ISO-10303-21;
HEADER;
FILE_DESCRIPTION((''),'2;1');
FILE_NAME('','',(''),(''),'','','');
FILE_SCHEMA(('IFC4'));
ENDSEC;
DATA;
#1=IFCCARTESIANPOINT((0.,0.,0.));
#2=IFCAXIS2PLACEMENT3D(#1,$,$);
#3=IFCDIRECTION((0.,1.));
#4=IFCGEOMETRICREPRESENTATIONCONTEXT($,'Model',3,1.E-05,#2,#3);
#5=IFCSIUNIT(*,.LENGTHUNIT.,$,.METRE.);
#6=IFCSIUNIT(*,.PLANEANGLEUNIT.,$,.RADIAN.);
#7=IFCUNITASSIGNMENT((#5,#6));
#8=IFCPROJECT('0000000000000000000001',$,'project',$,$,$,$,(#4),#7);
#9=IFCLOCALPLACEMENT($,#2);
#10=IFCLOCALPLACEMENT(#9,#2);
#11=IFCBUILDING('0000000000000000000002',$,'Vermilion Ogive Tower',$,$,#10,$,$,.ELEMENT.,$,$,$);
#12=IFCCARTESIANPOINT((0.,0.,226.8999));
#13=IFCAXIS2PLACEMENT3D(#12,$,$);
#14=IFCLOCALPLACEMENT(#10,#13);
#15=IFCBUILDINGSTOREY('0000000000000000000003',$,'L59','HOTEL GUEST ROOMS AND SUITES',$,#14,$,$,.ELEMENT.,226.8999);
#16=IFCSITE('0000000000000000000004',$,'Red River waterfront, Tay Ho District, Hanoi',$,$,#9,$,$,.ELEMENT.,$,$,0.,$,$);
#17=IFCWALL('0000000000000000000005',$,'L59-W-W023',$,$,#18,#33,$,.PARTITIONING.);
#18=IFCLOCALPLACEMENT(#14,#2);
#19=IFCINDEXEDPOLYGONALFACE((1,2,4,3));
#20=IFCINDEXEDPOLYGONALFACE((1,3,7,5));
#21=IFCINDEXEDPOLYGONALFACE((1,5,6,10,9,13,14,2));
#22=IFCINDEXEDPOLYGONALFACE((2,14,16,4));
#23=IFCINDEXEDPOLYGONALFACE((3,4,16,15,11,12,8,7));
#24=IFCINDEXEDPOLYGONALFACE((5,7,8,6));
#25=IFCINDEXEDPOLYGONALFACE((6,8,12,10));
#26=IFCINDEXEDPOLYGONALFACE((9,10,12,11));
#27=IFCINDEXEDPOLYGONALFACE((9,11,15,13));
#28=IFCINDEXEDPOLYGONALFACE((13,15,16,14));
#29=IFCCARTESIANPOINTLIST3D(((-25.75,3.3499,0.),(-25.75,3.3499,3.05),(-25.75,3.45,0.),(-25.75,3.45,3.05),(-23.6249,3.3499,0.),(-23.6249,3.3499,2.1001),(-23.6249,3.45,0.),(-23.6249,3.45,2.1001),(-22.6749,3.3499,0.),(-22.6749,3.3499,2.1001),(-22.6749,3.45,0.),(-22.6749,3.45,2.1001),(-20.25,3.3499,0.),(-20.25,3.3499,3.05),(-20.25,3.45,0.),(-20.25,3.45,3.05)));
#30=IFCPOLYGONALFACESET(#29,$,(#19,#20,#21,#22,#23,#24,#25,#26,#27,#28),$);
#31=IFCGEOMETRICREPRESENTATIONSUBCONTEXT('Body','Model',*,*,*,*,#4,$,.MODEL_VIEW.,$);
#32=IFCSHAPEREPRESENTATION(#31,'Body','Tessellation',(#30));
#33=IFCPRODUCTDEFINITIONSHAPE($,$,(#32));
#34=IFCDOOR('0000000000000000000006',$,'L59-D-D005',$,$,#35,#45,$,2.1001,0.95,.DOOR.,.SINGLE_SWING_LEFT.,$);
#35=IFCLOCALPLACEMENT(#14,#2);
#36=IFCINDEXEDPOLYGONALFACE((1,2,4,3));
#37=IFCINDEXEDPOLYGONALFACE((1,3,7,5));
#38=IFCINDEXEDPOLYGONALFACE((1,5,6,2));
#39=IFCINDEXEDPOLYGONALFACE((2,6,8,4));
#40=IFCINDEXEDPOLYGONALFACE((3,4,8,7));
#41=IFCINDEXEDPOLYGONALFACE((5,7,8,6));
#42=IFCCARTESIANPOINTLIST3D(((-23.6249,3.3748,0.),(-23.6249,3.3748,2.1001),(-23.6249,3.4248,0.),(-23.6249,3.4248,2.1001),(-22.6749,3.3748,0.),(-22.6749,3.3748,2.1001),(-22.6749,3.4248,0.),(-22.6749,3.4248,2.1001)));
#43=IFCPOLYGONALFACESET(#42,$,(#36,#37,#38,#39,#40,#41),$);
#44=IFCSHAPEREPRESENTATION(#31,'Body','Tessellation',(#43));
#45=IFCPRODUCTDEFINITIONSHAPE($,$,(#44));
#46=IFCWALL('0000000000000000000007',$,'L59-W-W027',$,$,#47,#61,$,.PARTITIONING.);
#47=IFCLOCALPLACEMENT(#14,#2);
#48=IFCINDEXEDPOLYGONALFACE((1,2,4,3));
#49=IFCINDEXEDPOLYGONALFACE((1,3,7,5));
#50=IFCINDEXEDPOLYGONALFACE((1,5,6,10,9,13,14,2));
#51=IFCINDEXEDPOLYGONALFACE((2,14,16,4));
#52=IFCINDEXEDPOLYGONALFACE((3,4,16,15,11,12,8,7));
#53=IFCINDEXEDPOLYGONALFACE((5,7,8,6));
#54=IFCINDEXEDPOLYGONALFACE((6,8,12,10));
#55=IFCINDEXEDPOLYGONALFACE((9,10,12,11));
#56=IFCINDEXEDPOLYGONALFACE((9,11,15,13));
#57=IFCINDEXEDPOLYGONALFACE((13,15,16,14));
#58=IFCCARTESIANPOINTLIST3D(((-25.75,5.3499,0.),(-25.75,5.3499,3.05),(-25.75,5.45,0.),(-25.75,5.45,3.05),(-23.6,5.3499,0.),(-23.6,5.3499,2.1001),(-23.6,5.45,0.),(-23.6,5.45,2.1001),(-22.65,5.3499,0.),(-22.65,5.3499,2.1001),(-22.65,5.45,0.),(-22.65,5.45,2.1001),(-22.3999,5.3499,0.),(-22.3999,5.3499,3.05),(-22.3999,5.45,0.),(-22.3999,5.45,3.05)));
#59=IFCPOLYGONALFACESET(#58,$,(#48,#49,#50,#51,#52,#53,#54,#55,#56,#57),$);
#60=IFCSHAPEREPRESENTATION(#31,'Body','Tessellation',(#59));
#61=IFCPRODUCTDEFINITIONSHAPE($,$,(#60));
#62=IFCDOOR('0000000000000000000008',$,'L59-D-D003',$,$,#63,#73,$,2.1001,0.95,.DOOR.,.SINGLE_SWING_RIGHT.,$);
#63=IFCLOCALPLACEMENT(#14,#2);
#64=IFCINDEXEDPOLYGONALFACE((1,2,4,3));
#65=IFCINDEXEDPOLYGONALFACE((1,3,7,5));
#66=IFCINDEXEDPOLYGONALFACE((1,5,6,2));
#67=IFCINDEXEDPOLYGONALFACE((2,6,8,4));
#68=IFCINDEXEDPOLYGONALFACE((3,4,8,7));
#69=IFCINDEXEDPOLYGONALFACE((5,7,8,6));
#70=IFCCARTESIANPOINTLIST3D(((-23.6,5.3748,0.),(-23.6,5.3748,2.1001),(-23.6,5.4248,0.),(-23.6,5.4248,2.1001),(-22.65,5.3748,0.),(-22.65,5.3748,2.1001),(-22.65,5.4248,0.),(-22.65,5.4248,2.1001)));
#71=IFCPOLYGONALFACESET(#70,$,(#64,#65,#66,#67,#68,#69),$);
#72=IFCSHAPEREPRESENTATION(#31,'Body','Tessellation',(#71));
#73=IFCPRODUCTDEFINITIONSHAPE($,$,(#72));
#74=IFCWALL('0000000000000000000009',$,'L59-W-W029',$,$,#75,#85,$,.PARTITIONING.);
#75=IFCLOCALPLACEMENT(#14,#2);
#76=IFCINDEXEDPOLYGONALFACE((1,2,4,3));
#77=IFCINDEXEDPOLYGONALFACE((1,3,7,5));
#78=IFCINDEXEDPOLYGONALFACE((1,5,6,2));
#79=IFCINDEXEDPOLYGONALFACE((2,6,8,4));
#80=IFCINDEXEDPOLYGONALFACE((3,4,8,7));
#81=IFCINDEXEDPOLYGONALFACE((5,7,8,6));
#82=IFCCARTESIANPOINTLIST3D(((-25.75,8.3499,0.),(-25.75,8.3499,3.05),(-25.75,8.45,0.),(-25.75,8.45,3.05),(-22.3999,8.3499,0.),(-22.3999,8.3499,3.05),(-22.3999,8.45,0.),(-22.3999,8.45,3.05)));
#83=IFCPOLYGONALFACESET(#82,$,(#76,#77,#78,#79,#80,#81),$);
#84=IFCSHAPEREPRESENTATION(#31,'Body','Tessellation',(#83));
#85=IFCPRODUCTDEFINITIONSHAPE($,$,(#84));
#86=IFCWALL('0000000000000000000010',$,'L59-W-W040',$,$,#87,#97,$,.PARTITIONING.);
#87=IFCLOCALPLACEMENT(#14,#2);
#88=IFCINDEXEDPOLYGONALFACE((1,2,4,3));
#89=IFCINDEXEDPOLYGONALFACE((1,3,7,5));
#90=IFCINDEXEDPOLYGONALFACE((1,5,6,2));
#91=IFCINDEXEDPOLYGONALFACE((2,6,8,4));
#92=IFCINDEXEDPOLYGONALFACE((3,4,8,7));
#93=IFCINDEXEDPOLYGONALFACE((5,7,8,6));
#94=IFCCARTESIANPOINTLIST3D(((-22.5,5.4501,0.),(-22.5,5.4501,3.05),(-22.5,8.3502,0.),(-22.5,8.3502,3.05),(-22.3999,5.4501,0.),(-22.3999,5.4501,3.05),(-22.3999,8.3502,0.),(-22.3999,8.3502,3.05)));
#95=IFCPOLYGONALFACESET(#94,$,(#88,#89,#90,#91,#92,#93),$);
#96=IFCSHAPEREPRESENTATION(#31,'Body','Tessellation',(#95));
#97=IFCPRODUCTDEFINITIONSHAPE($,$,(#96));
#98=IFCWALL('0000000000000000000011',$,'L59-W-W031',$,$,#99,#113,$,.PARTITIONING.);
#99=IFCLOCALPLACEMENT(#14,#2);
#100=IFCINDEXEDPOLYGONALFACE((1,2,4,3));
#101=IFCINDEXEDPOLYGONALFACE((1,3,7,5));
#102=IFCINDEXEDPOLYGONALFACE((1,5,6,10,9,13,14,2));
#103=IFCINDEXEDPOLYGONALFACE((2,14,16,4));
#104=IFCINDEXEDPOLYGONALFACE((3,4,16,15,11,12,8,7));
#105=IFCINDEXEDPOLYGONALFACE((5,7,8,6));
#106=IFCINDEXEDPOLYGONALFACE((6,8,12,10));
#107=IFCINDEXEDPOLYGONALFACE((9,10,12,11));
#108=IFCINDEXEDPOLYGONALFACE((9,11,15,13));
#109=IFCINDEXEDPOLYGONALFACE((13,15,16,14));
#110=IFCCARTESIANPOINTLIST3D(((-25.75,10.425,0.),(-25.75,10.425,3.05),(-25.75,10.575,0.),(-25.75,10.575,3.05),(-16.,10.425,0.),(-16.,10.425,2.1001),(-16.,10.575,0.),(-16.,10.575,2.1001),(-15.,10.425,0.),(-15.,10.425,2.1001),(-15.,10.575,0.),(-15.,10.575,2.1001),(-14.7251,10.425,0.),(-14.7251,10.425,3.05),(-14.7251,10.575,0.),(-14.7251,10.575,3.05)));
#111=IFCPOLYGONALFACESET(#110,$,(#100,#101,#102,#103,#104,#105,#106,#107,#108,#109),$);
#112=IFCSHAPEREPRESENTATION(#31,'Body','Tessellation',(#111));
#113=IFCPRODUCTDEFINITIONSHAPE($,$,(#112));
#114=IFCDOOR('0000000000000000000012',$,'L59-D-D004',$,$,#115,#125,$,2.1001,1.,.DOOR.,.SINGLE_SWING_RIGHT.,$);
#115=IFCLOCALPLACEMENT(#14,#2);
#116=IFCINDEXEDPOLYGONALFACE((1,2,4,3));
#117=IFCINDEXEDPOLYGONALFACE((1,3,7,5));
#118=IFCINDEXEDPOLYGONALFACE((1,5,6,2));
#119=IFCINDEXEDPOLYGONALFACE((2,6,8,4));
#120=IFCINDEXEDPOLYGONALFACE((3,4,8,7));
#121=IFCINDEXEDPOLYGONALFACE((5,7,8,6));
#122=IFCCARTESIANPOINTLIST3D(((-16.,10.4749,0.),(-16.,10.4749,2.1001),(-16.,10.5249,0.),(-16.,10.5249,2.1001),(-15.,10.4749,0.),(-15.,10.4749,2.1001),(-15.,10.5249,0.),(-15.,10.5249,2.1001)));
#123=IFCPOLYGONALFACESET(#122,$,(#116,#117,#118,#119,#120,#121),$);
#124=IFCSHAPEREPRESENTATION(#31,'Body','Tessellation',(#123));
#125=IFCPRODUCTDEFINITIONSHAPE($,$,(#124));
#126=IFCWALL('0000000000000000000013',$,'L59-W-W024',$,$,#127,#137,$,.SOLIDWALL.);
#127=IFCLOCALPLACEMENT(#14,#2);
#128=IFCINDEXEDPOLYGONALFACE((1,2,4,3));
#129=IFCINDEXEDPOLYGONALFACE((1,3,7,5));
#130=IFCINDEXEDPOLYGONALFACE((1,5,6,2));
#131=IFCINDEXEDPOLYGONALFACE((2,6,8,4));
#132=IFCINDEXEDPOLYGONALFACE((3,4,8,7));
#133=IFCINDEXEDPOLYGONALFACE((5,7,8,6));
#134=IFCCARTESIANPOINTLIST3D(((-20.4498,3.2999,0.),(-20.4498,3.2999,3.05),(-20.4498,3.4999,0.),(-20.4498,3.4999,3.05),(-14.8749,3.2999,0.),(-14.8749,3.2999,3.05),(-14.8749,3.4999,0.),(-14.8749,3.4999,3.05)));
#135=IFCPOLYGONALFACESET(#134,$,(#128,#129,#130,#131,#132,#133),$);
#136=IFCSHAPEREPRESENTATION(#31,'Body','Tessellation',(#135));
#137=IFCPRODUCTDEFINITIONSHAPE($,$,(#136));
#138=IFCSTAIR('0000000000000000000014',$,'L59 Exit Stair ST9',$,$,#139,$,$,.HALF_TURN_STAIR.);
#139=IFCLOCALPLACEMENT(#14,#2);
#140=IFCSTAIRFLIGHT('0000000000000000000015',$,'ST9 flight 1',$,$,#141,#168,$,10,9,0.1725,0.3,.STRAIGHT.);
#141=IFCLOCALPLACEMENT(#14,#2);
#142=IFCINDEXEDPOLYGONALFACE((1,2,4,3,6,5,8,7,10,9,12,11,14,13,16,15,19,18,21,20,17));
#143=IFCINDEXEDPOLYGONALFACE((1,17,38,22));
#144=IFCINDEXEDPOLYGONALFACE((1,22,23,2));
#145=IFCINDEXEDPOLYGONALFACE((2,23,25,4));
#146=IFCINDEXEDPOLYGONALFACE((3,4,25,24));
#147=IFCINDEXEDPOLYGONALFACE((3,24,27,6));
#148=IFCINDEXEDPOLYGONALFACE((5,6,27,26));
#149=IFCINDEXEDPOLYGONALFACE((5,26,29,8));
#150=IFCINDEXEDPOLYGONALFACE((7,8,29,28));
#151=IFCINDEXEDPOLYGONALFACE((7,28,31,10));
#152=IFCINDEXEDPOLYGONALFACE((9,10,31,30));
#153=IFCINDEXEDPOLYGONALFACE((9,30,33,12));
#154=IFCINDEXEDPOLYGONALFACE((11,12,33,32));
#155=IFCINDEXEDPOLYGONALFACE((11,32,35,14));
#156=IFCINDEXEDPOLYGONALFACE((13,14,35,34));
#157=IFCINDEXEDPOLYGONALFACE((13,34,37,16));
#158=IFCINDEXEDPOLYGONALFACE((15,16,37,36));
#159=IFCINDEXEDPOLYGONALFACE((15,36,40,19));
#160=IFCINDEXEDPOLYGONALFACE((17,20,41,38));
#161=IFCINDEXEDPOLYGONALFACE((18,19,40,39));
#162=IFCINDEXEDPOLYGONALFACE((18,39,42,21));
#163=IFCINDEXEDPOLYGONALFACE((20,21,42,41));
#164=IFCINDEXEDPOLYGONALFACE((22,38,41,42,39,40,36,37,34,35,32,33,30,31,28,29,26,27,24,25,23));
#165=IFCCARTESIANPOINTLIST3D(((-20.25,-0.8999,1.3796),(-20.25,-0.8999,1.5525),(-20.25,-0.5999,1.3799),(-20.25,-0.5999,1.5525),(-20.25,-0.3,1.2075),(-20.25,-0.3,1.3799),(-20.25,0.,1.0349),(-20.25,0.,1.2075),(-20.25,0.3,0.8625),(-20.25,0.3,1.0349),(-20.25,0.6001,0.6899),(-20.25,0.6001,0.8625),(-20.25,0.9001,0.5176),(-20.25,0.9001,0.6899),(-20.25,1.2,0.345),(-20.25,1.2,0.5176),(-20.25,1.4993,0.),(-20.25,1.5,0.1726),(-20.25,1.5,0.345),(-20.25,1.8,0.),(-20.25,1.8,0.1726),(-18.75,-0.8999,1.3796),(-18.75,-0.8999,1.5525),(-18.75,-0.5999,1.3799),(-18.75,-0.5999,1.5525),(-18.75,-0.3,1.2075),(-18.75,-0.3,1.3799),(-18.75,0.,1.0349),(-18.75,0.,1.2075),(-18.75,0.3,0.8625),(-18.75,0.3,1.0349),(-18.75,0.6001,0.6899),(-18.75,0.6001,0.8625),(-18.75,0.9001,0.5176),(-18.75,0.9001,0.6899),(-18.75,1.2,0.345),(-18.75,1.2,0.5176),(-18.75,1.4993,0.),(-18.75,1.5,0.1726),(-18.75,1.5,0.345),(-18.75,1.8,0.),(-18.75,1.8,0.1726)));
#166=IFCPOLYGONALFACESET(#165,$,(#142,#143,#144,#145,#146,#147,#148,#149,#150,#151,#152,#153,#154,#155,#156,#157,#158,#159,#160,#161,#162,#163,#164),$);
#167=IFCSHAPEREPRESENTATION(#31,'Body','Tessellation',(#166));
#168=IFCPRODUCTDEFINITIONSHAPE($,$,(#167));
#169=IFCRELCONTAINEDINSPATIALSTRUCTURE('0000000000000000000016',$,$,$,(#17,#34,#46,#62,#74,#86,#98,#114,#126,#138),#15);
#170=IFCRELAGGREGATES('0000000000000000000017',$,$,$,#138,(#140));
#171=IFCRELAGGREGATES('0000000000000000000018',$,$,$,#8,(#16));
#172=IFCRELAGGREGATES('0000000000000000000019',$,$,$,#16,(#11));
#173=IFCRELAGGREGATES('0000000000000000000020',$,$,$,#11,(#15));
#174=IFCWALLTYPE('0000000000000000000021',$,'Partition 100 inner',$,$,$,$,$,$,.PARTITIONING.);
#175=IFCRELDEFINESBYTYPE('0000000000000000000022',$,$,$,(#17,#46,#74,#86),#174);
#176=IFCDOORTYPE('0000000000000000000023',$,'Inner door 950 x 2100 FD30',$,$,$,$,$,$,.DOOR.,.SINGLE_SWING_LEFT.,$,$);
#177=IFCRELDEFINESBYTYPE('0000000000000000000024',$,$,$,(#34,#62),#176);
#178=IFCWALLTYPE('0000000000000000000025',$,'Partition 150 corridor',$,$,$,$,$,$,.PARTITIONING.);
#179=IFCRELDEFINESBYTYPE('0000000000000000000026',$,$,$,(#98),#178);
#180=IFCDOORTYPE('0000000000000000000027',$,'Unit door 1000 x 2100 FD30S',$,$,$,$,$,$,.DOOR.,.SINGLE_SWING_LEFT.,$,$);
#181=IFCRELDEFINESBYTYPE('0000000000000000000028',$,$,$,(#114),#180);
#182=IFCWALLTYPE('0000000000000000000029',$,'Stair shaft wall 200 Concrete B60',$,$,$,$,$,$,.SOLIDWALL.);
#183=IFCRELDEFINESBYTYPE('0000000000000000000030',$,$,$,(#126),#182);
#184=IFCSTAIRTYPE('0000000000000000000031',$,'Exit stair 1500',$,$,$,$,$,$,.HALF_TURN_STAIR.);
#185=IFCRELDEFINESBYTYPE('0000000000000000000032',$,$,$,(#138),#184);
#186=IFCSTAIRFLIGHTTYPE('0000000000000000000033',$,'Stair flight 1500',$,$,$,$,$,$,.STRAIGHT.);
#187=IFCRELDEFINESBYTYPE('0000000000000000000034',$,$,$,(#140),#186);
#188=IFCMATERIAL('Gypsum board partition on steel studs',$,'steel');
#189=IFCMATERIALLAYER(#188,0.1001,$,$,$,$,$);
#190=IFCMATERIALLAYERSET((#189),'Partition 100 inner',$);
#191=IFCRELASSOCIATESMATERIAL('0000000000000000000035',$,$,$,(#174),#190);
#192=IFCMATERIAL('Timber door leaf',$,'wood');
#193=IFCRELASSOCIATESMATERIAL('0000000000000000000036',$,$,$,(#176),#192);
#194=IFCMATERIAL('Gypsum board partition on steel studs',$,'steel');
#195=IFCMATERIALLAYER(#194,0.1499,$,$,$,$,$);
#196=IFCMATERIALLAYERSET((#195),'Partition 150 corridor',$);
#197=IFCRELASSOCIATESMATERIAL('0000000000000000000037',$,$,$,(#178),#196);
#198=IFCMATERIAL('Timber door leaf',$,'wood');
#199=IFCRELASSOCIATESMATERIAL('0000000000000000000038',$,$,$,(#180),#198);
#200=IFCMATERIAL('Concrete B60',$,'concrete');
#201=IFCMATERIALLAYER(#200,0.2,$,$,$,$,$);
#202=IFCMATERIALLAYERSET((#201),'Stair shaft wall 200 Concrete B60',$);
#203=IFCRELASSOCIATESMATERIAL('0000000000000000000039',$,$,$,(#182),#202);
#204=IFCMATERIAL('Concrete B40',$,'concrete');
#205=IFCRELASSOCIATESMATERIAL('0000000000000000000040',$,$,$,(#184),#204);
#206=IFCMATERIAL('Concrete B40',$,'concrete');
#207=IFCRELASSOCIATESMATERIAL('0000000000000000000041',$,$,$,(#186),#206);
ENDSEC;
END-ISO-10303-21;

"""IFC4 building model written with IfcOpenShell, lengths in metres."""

from ifc_helpers import new_model, si_unit, direction, frame, frame_2d, origin, place, context, subcontext, project, spatial, polyline, rectangle, outline, extrude, material, layer, layer_set, type_object, element, fill, aggregate, save


model = new_model("IFC4")

# Units and contexts
model_context = context("Model", 3, precision=1e-05, world=origin(), true_north=direction((0.0, 1.0)))
body_context = subcontext(model_context, "Body", "Model", "MODEL_VIEW")
ifc_project = project(units=[si_unit("LENGTHUNIT", "METRE"), si_unit("PLANEANGLEUNIT", "RADIAN")], contexts=[model_context])

# Site, building, storey
site_placement = place(None, origin())
site = spatial("IfcSite", under=ifc_project, at=site_placement, Name="Red River waterfront, Tay Ho District, Hanoi", CompositionType="ELEMENT", RefElevation=0.0)
building_placement = place(site_placement, origin())
building = spatial("IfcBuilding", under=site, at=building_placement, Name="Vermilion Ogive Tower", CompositionType="ELEMENT")
storey_placement = place(building_placement, frame((0.0, 0.0, 226.8999)))
storey = spatial("IfcBuildingStorey", under=building, at=storey_placement, Name="L59", Description="HOTEL GUEST ROOMS AND SUITES", CompositionType="ELEMENT", Elevation=226.8999)

# Walls, openings, doors
ifc_material_1 = material(Name="Gypsum board partition on steel studs", Category="steel")
ifc_layer_1 = layer(ifc_material_1, 0.1001)
ifc_layer_set_1 = layer_set([ifc_layer_1], Name="Partition 100 inner")
wall_type_1 = type_object("IfcWallType", Name="Partition 100 inner", PredefinedType="PARTITIONING", material=ifc_layer_set_1)
wall_1_placement = place(storey_placement, frame((-25.75, 3.3999, 0.0), z_axis=(0.0, 0.0, 1.0), x_axis=(1.0, 0.0, 0.0)))
wall_1 = element("IfcWall", 1, at=wall_1_placement, inside=storey, type_object=wall_type_1, Name="L59-W-W023", PredefinedType="PARTITIONING", context=body_context, shape_type="SweptSolid", body=[
    extrude(rectangle(XDim=5.5, YDim=0.1001, at=frame_2d((2.75, 0.0))), origin(), (0.0, 0.0, 1.0), 3.05),
])
opening_1_placement = place(wall_1_placement, frame((2.125, 0.0, 0.0)))
opening_1 = element("IfcOpeningElement", 2, at=opening_1_placement, cuts=wall_1, PredefinedType="OPENING", context=body_context, shape_type="SweptSolid", body=[
    extrude(rectangle(XDim=0.95, YDim=2.1001, at=frame_2d((0.4751, 1.05))), frame((0.0, 0.0601, 0.0), z_axis=(0.0, -1.0, 0.0), x_axis=(1.0, 0.0, 0.0)), (0.0, 0.0, 1.0), 0.1201),
])
ifc_material_2 = material(Name="Timber door leaf", Category="wood")
door_type_1 = type_object("IfcDoorType", Name="Inner door 950 x 2100 FD30", OperationType="SINGLE_SWING_LEFT", PredefinedType="DOOR", material=ifc_material_2)
door_1_placement = place(opening_1_placement, origin())
door_1 = element("IfcDoor", 3, at=door_1_placement, inside=storey, type_object=door_type_1, Name="L59-D-D005", OperationType="SINGLE_SWING_LEFT", OverallHeight=2.1001, OverallWidth=0.95, PredefinedType="DOOR", context=body_context, shape_type="SweptSolid", body=[
    extrude(rectangle(XDim=0.95, YDim=2.1001, at=frame_2d((0.4751, 1.05))), frame((0.0, 0.0249, 0.0), z_axis=(0.0, -1.0, 0.0), x_axis=(1.0, 0.0, 0.0)), (0.0, 0.0, 1.0), 0.05),
])
fill(opening_1, door_1)
wall_2_placement = place(storey_placement, frame((-25.75, 5.3999, 0.0), z_axis=(0.0, 0.0, 1.0), x_axis=(1.0, 0.0, 0.0)))
wall_2 = element("IfcWall", 4, at=wall_2_placement, inside=storey, type_object=wall_type_1, Name="L59-W-W027", PredefinedType="PARTITIONING", context=body_context, shape_type="SweptSolid", body=[
    extrude(rectangle(XDim=3.3501, YDim=0.1001, at=frame_2d((1.675, 0.0))), origin(), (0.0, 0.0, 1.0), 3.05),
])
opening_2_placement = place(wall_2_placement, frame((2.1499, 0.0, 0.0)))
opening_2 = element("IfcOpeningElement", 5, at=opening_2_placement, cuts=wall_2, PredefinedType="OPENING", context=body_context, shape_type="SweptSolid", body=[
    extrude(rectangle(XDim=0.95, YDim=2.1001, at=frame_2d((0.4751, 1.05))), frame((0.0, 0.0601, 0.0), z_axis=(0.0, -1.0, 0.0), x_axis=(1.0, 0.0, 0.0)), (0.0, 0.0, 1.0), 0.1201),
])
door_2_placement = place(opening_2_placement, origin())
door_2 = element("IfcDoor", 6, at=door_2_placement, inside=storey, type_object=door_type_1, Name="L59-D-D003", OperationType="SINGLE_SWING_RIGHT", OverallHeight=2.1001, OverallWidth=0.95, PredefinedType="DOOR", context=body_context, shape_type="SweptSolid", body=[
    extrude(rectangle(XDim=0.95, YDim=2.1001, at=frame_2d((0.4751, 1.05))), frame((0.0, 0.0249, 0.0), z_axis=(0.0, -1.0, 0.0), x_axis=(1.0, 0.0, 0.0)), (0.0, 0.0, 1.0), 0.05),
])
fill(opening_2, door_2)

# Walls
wall_3_placement = place(storey_placement, frame((-25.75, 8.3999, 0.0), z_axis=(0.0, 0.0, 1.0), x_axis=(1.0, 0.0, 0.0)))
element("IfcWall", 7, at=wall_3_placement, inside=storey, type_object=wall_type_1, Name="L59-W-W029", PredefinedType="PARTITIONING", context=body_context, shape_type="SweptSolid", body=[
    extrude(rectangle(XDim=3.3501, YDim=0.1001, at=frame_2d((1.675, 0.0))), origin(), (0.0, 0.0, 1.0), 3.05),
])
wall_4_placement = place(storey_placement, frame((-22.45, 5.45, 0.0), z_axis=(0.0, 0.0, 1.0), x_axis=(0.0, 1.0, 0.0)))
element("IfcWall", 8, at=wall_4_placement, inside=storey, type_object=wall_type_1, Name="L59-W-W040", PredefinedType="PARTITIONING", context=body_context, shape_type="SweptSolid", body=[
    extrude(rectangle(XDim=2.9001, YDim=0.1001, at=frame_2d((1.4502, 0.0))), origin(), (0.0, 0.0, 1.0), 3.05),
])

# Wall, opening, door
ifc_material_3 = material(Name="Gypsum board partition on steel studs", Category="steel")
ifc_layer_2 = layer(ifc_material_3, 0.1499)
ifc_layer_set_2 = layer_set([ifc_layer_2], Name="Partition 150 corridor")
wall_type_2 = type_object("IfcWallType", Name="Partition 150 corridor", PredefinedType="PARTITIONING", material=ifc_layer_set_2)
wall_5_placement = place(storey_placement, frame((-25.75, 10.5, 0.0), z_axis=(0.0, 0.0, 1.0), x_axis=(1.0, 0.0, 0.0)))
wall_5 = element("IfcWall", 9, at=wall_5_placement, inside=storey, type_object=wall_type_2, Name="L59-W-W031", PredefinedType="PARTITIONING", context=body_context, shape_type="SweptSolid", body=[
    extrude(rectangle(XDim=11.0249, YDim=0.1499, at=frame_2d((5.5125, 0.0))), origin(), (0.0, 0.0, 1.0), 3.05),
])
opening_3_placement = place(wall_5_placement, frame((9.75, 0.0, 0.0)))
opening_3 = element("IfcOpeningElement", 10, at=opening_3_placement, cuts=wall_5, PredefinedType="OPENING", context=body_context, shape_type="SweptSolid", body=[
    extrude(rectangle(XDim=1.0, YDim=2.1001, at=frame_2d((0.5, 1.05))), frame((0.0, 0.085, 0.0), z_axis=(0.0, -1.0, 0.0), x_axis=(1.0, 0.0, 0.0)), (0.0, 0.0, 1.0), 0.1699),
])
ifc_material_4 = material(Name="Timber door leaf", Category="wood")
door_type_2 = type_object("IfcDoorType", Name="Unit door 1000 x 2100 FD30S", OperationType="SINGLE_SWING_LEFT", PredefinedType="DOOR", material=ifc_material_4)
door_3_placement = place(opening_3_placement, origin())
door_3 = element("IfcDoor", 11, at=door_3_placement, inside=storey, type_object=door_type_2, Name="L59-D-D004", OperationType="SINGLE_SWING_RIGHT", OverallHeight=2.1001, OverallWidth=1.0, PredefinedType="DOOR", context=body_context, shape_type="SweptSolid", body=[
    extrude(rectangle(XDim=1.0, YDim=2.1001, at=frame_2d((0.5, 1.05))), frame((0.0, 0.0249, 0.0), z_axis=(0.0, -1.0, 0.0), x_axis=(1.0, 0.0, 0.0)), (0.0, 0.0, 1.0), 0.05),
])
fill(opening_3, door_3)

# Wall
ifc_material_5 = material(Name="Concrete B60", Category="concrete")
ifc_layer_3 = layer(ifc_material_5, 0.2)
ifc_layer_set_3 = layer_set([ifc_layer_3], Name="Stair shaft wall 200 Concrete B60")
wall_type_3 = type_object("IfcWallType", Name="Stair shaft wall 200 Concrete B60", PredefinedType="SOLIDWALL", material=ifc_layer_set_3)
wall_6_placement = place(storey_placement, frame((-20.45, 3.3999, 0.0), z_axis=(0.0, 0.0, 1.0), x_axis=(1.0, 0.0, 0.0)))
element("IfcWall", 12, at=wall_6_placement, inside=storey, type_object=wall_type_3, Name="L59-W-W024", PredefinedType="SOLIDWALL", context=body_context, shape_type="SweptSolid", body=[
    extrude(rectangle(XDim=5.575, YDim=0.2, at=frame_2d((2.7876, 0.0))), origin(), (0.0, 0.0, 1.0), 3.05),
])

# Stair, stair flight
ifc_material_6 = material(Name="Concrete B40", Category="concrete")
stair_type = type_object("IfcStairType", Name="Exit stair 1500", PredefinedType="HALF_TURN_STAIR", material=ifc_material_6)
stair_placement = place(storey_placement, origin())
stair = element("IfcStair", 13, at=stair_placement, inside=storey, type_object=stair_type, Name="L59 Exit Stair ST9", PredefinedType="HALF_TURN_STAIR")
ifc_material_7 = material(Name="Concrete B40", Category="concrete")
stair_flight_type = type_object("IfcStairFlightType", Name="Stair flight 1500", PredefinedType="STRAIGHT", material=ifc_material_7)
stair_flight_placement = place(storey_placement, frame((-19.5, 1.8, 0.0), z_axis=(0.0, 0.0, 1.0), x_axis=(0.0, -1.0, 0.0)))
stair_flight = element("IfcStairFlight", 14, at=stair_flight_placement, type_object=stair_flight_type, Name="ST9 flight 1", NumberOfRisers=10, NumberOfTreads=9, PredefinedType="STRAIGHT", RiserHeight=0.1725, TreadLength=0.3, context=body_context, shape_type="SweptSolid", body=[
    extrude(outline(polyline([(0.0, 0.0), (0.0, 0.1726), (0.3, 0.1726), (0.3, 0.345), (0.6001, 0.345), (0.6001, 0.5176), (0.8999, 0.5176), (0.8999, 0.6899), (1.2, 0.6899), (1.2, 0.8625), (1.5, 0.8625), (1.5, 1.0349), (1.8, 1.0349), (1.8, 1.2075), (2.1001, 1.2075), (2.1001, 1.3799), (2.3999, 1.3799), (2.3999, 1.5525), (2.7, 1.5525), (2.7, 1.7251), (2.7, 1.3796), (0.3008, 0.0), (0.0, 0.0)])), frame((0.0, 0.75, 0.0), z_axis=(0.0, -1.0, 0.0), x_axis=(1.0, 0.0, 0.0)), (0.0, 0.0, 1.0), 1.5),
])
aggregate(stair, [stair_flight])

save(model, "model.ifc")
